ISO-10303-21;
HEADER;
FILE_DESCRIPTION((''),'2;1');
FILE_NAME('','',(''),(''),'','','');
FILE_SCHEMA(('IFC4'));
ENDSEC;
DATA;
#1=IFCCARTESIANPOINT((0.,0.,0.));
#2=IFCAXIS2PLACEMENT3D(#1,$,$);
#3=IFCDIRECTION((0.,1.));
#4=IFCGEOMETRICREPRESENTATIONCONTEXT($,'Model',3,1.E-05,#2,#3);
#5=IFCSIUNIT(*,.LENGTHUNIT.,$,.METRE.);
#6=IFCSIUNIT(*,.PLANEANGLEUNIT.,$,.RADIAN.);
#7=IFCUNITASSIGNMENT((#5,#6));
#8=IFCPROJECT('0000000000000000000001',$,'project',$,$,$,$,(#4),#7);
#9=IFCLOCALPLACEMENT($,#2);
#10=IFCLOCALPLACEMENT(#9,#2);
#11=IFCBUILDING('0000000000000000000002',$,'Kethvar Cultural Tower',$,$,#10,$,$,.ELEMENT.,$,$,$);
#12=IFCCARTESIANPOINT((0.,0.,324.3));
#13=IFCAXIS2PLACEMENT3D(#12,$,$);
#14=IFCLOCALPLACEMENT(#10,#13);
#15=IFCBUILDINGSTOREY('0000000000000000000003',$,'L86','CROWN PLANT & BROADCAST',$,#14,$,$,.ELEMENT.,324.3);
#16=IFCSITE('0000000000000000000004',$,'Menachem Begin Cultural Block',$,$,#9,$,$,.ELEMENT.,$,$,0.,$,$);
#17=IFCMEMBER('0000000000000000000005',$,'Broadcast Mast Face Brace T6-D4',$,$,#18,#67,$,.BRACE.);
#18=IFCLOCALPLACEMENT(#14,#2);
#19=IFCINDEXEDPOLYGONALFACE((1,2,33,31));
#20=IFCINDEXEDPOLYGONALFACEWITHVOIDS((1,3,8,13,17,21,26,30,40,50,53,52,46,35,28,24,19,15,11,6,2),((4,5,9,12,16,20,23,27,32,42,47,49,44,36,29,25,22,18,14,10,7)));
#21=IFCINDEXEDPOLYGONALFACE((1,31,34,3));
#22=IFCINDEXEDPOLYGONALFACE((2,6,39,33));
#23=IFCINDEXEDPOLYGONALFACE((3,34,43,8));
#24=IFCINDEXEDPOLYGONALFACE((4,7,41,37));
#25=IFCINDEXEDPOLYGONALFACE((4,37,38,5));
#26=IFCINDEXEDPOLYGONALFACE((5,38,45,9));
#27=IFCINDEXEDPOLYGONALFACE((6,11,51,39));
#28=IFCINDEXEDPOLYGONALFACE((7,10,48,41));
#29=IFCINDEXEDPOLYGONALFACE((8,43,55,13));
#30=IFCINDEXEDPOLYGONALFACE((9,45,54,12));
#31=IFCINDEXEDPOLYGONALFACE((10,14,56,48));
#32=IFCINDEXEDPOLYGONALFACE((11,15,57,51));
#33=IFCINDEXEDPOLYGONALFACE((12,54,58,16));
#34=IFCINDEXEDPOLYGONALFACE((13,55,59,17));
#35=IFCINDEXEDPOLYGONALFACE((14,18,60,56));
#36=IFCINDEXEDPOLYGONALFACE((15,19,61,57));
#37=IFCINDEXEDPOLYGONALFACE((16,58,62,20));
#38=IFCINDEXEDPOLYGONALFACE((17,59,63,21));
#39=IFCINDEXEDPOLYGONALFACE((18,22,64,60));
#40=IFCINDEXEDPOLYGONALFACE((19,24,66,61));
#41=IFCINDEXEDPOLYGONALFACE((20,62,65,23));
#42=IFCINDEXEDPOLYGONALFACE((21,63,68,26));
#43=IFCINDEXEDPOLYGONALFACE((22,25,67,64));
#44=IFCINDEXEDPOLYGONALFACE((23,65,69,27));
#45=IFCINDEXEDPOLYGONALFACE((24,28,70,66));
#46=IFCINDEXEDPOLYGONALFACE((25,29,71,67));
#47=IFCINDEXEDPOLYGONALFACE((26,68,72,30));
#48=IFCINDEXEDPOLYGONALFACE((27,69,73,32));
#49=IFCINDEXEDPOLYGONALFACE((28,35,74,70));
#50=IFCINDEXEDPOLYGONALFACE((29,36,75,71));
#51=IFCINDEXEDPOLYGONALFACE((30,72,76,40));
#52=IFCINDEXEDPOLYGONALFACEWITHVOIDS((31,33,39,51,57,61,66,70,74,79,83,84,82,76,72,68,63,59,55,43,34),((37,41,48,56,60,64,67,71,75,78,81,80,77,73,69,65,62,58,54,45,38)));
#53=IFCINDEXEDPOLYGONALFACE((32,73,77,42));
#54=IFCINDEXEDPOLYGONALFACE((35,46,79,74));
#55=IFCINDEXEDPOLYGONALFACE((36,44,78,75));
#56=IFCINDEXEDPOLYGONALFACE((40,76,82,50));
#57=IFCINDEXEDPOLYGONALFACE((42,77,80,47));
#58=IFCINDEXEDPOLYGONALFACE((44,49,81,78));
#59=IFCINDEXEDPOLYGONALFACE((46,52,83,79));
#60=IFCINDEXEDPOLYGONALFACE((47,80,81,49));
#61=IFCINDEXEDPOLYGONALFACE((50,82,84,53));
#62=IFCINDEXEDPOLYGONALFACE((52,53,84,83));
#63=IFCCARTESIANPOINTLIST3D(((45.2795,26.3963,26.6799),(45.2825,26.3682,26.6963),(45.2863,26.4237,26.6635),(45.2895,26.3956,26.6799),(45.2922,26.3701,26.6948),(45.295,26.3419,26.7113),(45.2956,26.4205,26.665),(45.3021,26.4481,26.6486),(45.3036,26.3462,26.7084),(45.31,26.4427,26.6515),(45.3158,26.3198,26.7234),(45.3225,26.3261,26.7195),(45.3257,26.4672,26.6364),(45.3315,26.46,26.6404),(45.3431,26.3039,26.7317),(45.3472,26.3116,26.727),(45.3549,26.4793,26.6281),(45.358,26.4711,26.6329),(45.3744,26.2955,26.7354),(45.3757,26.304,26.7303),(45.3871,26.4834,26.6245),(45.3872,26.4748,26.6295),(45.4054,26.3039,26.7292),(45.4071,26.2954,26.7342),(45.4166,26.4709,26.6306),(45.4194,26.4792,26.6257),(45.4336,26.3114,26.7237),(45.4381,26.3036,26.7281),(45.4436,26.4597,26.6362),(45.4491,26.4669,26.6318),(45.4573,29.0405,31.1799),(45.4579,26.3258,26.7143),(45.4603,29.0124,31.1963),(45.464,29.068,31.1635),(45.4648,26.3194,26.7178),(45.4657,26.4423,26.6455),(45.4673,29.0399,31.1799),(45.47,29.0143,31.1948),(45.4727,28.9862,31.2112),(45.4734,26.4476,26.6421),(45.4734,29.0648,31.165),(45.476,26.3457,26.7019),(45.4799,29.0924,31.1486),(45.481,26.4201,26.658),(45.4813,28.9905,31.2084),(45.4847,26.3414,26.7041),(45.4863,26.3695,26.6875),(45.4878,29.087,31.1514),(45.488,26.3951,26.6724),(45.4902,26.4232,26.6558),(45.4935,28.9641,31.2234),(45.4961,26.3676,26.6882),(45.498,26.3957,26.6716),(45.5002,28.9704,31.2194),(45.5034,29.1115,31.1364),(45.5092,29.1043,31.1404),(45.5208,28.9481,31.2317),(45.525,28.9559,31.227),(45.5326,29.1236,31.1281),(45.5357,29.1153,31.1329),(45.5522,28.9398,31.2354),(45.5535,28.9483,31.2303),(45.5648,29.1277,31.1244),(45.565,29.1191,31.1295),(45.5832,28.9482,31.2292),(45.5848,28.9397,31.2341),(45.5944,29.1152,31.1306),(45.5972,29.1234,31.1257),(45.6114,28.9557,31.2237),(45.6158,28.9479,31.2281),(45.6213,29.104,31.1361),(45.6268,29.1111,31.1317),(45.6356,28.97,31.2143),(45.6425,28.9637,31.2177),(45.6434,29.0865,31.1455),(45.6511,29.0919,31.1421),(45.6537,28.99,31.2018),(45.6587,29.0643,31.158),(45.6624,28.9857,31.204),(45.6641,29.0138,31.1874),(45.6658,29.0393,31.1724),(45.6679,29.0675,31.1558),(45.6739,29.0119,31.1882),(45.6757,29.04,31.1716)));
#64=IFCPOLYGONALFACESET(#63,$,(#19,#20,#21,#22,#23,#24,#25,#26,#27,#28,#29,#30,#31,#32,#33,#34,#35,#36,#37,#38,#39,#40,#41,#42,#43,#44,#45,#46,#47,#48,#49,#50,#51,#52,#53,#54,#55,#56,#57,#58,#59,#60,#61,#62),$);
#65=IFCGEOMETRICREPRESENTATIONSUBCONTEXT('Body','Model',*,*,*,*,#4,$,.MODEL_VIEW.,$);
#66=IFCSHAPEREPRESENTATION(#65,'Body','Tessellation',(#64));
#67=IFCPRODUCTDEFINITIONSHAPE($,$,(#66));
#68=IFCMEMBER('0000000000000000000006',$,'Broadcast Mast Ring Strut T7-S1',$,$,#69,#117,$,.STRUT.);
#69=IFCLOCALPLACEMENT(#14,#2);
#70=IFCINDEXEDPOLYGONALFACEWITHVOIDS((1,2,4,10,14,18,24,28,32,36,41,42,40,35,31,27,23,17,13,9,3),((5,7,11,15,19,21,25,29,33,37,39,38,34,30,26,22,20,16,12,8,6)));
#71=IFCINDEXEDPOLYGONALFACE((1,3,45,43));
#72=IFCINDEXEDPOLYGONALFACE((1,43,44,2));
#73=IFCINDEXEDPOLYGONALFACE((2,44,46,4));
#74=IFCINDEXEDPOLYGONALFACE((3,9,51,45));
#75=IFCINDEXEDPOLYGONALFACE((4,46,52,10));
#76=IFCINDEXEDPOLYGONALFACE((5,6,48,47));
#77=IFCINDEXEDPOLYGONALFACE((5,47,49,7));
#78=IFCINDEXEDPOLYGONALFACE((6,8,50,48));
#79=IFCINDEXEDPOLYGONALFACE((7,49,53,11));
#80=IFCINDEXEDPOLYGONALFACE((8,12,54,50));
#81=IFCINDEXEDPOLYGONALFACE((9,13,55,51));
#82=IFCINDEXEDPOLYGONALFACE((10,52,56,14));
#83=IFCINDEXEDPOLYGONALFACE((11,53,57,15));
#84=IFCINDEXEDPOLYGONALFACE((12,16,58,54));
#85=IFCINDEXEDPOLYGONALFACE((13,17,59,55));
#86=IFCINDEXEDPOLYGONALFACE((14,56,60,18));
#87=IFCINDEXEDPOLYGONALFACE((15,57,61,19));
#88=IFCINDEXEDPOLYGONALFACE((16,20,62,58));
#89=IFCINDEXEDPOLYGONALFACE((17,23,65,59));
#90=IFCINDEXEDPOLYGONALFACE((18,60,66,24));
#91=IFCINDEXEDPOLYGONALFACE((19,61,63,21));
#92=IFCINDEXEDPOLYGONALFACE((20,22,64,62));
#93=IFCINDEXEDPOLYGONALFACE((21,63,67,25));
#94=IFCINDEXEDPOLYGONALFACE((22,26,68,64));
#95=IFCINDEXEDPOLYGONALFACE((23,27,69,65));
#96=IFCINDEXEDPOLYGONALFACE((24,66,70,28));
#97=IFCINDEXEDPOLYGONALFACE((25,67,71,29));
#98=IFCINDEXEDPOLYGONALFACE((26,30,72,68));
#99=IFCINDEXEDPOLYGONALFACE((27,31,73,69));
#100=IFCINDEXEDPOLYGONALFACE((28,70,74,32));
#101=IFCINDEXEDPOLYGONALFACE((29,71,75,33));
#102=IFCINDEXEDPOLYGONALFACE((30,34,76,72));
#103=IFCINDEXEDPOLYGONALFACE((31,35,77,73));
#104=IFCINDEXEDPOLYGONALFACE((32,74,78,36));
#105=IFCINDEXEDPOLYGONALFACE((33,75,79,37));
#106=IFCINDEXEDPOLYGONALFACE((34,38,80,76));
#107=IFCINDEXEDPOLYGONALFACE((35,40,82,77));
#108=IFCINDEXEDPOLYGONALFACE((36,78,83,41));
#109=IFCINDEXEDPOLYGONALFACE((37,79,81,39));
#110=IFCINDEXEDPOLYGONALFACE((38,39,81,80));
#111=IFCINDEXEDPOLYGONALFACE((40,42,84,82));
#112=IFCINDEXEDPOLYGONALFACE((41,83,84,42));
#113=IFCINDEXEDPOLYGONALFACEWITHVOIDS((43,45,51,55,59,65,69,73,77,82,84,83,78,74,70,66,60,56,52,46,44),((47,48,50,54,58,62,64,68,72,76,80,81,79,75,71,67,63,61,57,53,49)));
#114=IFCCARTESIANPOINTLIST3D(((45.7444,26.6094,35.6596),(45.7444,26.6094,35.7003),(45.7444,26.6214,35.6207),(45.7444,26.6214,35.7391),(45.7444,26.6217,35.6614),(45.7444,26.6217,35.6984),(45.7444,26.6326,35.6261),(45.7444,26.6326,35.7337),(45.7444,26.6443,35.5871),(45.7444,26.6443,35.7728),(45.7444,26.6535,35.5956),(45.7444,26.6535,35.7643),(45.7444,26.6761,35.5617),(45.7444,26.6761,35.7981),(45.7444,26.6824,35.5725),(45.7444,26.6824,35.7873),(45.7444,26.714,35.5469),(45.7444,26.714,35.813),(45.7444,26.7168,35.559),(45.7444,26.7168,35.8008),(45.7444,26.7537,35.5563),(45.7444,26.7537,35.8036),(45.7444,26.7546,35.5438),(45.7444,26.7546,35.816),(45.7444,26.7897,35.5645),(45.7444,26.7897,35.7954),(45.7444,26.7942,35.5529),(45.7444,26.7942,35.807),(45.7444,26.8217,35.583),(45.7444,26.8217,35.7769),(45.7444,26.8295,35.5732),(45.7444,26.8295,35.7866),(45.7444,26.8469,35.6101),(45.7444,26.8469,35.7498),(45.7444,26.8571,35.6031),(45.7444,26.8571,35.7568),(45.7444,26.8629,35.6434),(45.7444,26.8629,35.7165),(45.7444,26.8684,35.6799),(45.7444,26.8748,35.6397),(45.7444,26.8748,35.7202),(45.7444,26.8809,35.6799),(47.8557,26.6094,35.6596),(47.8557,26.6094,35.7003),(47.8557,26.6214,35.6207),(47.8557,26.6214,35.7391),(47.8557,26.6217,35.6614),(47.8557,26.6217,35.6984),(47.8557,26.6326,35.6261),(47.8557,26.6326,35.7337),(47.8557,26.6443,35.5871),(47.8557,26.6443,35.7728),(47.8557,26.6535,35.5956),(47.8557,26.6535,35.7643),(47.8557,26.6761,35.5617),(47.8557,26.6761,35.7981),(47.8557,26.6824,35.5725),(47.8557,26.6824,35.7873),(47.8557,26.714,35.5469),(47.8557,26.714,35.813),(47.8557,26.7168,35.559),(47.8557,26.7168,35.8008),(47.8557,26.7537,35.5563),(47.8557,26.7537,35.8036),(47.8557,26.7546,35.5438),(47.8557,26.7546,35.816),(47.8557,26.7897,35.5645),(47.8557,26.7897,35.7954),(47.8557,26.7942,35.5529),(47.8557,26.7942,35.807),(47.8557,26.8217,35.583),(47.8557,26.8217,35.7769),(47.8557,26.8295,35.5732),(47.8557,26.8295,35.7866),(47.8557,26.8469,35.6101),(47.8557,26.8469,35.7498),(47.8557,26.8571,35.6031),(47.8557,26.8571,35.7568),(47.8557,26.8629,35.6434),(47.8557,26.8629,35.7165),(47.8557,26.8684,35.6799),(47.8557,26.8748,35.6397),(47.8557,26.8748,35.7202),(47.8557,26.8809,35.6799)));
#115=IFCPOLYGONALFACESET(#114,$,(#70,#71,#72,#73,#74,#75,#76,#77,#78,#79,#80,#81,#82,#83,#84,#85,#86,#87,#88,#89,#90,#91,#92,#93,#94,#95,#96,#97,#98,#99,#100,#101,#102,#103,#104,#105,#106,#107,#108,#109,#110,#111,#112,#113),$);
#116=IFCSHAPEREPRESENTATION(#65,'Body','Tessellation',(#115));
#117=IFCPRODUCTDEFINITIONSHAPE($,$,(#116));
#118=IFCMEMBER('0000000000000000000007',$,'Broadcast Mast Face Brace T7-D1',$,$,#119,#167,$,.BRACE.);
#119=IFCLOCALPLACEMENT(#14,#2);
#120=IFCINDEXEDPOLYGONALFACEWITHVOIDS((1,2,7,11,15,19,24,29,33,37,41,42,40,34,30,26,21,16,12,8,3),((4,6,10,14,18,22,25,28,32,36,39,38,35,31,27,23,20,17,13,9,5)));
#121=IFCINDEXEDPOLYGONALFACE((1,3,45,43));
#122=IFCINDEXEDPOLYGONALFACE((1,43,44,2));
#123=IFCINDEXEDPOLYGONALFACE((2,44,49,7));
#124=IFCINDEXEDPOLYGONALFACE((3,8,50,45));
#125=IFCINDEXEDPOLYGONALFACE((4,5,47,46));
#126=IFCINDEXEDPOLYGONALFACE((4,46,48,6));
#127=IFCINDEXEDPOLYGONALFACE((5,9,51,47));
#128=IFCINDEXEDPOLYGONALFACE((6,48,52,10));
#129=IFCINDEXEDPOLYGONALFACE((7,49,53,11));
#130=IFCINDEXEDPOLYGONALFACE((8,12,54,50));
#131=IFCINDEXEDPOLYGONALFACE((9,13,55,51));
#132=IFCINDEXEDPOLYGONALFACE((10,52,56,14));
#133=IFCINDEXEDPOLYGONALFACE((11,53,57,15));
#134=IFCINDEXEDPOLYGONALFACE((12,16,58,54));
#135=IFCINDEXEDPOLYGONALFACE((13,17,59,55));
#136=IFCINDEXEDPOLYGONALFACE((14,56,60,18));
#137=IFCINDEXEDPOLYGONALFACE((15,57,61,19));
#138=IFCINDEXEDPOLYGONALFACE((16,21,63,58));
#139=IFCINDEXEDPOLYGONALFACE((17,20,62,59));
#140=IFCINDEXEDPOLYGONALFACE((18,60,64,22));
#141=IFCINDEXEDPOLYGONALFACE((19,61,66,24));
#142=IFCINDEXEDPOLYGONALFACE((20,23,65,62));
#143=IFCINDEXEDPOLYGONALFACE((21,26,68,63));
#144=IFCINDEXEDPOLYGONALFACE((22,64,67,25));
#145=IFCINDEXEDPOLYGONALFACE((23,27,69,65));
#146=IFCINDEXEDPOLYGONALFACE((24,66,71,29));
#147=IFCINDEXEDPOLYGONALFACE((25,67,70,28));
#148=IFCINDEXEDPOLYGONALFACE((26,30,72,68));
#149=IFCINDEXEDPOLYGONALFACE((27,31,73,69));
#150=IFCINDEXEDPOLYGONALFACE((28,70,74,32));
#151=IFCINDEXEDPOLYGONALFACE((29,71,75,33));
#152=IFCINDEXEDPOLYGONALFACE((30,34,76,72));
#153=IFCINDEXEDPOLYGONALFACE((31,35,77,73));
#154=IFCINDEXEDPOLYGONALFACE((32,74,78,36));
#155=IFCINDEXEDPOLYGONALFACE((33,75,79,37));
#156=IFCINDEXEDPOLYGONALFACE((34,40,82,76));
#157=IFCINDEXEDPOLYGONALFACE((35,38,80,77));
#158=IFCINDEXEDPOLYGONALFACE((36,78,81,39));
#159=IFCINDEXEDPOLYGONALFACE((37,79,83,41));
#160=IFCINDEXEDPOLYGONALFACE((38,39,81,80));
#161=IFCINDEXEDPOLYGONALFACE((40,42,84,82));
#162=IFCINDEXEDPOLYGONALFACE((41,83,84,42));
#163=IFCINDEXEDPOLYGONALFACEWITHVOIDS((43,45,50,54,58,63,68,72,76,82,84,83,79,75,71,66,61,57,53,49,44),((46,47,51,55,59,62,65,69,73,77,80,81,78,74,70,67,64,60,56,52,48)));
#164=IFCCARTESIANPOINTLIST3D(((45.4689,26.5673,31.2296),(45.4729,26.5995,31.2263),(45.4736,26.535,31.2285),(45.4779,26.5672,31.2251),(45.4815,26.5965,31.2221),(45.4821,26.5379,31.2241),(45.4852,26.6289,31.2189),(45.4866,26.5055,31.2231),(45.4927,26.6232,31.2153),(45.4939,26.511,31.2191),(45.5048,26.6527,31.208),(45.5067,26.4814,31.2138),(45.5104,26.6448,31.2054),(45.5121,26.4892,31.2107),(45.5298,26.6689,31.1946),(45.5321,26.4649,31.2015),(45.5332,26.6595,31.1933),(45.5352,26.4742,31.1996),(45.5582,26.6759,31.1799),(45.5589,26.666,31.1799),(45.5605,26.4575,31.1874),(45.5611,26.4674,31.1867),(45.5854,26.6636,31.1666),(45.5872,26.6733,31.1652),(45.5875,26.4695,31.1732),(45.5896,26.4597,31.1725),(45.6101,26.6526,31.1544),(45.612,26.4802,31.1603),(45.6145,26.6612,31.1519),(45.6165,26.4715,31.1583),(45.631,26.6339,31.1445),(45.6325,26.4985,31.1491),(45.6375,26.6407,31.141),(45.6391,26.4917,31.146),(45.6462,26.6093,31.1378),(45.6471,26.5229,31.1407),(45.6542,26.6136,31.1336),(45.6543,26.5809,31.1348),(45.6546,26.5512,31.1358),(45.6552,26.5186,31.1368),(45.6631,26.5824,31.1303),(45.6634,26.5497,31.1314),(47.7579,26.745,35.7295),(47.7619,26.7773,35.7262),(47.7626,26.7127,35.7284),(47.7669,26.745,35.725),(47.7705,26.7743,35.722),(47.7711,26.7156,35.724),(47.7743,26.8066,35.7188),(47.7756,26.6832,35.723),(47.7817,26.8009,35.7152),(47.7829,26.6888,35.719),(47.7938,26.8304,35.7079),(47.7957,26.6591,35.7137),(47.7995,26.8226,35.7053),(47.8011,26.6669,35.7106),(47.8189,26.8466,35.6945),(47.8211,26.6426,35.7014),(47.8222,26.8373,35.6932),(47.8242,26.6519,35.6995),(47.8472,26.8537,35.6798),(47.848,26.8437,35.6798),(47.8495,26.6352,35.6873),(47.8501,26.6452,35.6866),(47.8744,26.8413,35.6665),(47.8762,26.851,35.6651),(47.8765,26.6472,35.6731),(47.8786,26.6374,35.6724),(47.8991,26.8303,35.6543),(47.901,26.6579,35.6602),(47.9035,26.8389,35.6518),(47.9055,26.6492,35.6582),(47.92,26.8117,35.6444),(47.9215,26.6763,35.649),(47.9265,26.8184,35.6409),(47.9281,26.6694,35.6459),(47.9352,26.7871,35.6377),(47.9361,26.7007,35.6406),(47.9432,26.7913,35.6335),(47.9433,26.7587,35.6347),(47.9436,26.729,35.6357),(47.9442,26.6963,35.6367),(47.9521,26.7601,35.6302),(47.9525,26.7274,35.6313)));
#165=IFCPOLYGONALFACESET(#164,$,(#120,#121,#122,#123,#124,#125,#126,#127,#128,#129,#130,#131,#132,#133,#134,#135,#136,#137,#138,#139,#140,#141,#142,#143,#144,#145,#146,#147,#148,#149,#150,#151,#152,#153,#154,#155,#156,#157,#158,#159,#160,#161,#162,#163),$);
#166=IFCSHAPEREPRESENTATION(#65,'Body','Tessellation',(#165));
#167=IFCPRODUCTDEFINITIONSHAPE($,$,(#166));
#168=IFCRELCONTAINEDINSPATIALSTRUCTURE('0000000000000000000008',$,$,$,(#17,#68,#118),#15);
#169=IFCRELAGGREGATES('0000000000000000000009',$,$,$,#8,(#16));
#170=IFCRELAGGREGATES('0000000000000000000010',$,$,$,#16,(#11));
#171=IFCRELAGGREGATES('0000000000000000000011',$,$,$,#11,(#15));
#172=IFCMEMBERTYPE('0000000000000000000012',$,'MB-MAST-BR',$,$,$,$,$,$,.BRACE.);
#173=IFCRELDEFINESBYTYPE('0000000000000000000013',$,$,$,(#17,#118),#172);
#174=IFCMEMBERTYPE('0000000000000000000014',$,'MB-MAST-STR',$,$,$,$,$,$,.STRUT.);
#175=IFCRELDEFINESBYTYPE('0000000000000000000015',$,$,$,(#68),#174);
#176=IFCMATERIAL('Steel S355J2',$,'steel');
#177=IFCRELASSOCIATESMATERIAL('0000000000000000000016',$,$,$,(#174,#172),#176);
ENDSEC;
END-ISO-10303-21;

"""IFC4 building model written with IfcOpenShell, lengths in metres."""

from ifc_helpers import new_model, si_unit, direction, frame, origin, origin_2d, place, context, subcontext, project, spatial, hollow_circle, extrude, source, transform, mapped, material, material_profile, profile_set, type_object, element, save


model = new_model("IFC4")

# Units and contexts
model_context = context("Model", 3, precision=1e-05, world=origin(), true_north=direction((0.0, 1.0)))
body_context = subcontext(model_context, "Body", "Model", "MODEL_VIEW")
ifc_project = project(units=[si_unit("LENGTHUNIT", "METRE"), si_unit("PLANEANGLEUNIT", "RADIAN")], contexts=[model_context])

# Site, building, storey
site_placement = place(None, origin())
site = spatial("IfcSite", under=ifc_project, at=site_placement, Name="Menachem Begin Cultural Block", CompositionType="ELEMENT", RefElevation=0.0)
building_placement = place(site_placement, origin())
building = spatial("IfcBuilding", under=site, at=building_placement, Name="Kethvar Cultural Tower", CompositionType="ELEMENT")
storey_placement = place(building_placement, frame((0.0, 0.0, 324.3)))
storey = spatial("IfcBuildingStorey", under=building, at=storey_placement, Name="L86", Description="CROWN PLANT & BROADCAST", CompositionType="ELEMENT", Elevation=324.3)

# Shared definitions
ifc_material_1 = material(Name="Steel S355J2", Category="steel")

# Members
ifc_material_profile_1 = material_profile(ifc_material_1, hollow_circle(Radius=0.1365, WallThickness=0.0125, at=origin_2d()), Name="Steel S355J2 — CHS273x12.5")
ifc_profile_set_1 = profile_set([ifc_material_profile_1], Name="Steel S355J2 — CHS273x12.5")
member_type_1 = type_object("IfcMemberType", Name="MB-MAST-STR", PredefinedType="STRUT", material=ifc_profile_set_1)
ifc_material_profile_2 = material_profile(ifc_material_1, hollow_circle(Radius=0.1096, WallThickness=0.01, at=origin_2d()), Name="Steel S355J2 — CHS219x10")
ifc_profile_set_2 = profile_set([ifc_material_profile_2], Name="Steel S355J2 — CHS219x10")
member_type_2 = type_object("IfcMemberType", Name="MB-MAST-BR", PredefinedType="BRACE", material=ifc_profile_set_2)
shared_shape_1 = source(origin(), body_context, "Body", "SweptSolid", [
    extrude(hollow_circle(Radius=0.1096, WallThickness=0.01, at=origin_2d()), origin(), (0.0, 0.0, 1.0), 5.2224),
])
member_1_placement = place(storey_placement, frame((45.3889, 26.3889, 26.6799), z_axis=(0.034033, 0.506332, 0.861667), x_axis=(-0.997749, 0.067063, 0.0)))
element("IfcMember", 1, at=member_1_placement, inside=storey, type_object=member_type_2, Name="Broadcast Mast Face Brace T6-D4", PredefinedType="BRACE", context=body_context, shape_type="MappedRepresentation", body=[
    mapped(shared_shape_1, transform((0.0, 0.0, 0.0), scale=1.0)),
])
shared_shape_2 = source(origin(), body_context, "Body", "SweptSolid", [
    extrude(hollow_circle(Radius=0.1365, WallThickness=0.0125, at=origin_2d()), origin(), (0.0, 0.0, 1.0), 2.1113),
])
member_2_placement = place(storey_placement, frame((45.7444, 26.7444, 35.6799), z_axis=(1.0, 0.0, 0.0), x_axis=(0.0, 1.0, 0.0)))
element("IfcMember", 2, at=member_2_placement, inside=storey, type_object=member_type_1, Name="Broadcast Mast Ring Strut T7-S1", PredefinedType="STRUT", context=body_context, shape_type="MappedRepresentation", body=[
    mapped(shared_shape_2, transform((0.0, 0.0, 0.0), scale=1.0)),
])
shared_shape_3 = source(origin(), body_context, "Body", "SweptSolid", [
    extrude(hollow_circle(Radius=0.1096, WallThickness=0.01, at=origin_2d()), origin(), (0.0, 0.0, 1.0), 5.0518),
])
member_3_placement = place(storey_placement, frame((45.5667, 26.5667, 31.1799), z_axis=(0.453112, 0.035182, 0.890759), x_axis=(-0.077412, 0.996999, 0.0)))
element("IfcMember", 3, at=member_3_placement, inside=storey, type_object=member_type_2, Name="Broadcast Mast Face Brace T7-D1", PredefinedType="BRACE", context=body_context, shape_type="MappedRepresentation", body=[
    mapped(shared_shape_3, transform((0.0, 0.0, 0.0), scale=1.0)),
])

save(model, "model.ifc")
